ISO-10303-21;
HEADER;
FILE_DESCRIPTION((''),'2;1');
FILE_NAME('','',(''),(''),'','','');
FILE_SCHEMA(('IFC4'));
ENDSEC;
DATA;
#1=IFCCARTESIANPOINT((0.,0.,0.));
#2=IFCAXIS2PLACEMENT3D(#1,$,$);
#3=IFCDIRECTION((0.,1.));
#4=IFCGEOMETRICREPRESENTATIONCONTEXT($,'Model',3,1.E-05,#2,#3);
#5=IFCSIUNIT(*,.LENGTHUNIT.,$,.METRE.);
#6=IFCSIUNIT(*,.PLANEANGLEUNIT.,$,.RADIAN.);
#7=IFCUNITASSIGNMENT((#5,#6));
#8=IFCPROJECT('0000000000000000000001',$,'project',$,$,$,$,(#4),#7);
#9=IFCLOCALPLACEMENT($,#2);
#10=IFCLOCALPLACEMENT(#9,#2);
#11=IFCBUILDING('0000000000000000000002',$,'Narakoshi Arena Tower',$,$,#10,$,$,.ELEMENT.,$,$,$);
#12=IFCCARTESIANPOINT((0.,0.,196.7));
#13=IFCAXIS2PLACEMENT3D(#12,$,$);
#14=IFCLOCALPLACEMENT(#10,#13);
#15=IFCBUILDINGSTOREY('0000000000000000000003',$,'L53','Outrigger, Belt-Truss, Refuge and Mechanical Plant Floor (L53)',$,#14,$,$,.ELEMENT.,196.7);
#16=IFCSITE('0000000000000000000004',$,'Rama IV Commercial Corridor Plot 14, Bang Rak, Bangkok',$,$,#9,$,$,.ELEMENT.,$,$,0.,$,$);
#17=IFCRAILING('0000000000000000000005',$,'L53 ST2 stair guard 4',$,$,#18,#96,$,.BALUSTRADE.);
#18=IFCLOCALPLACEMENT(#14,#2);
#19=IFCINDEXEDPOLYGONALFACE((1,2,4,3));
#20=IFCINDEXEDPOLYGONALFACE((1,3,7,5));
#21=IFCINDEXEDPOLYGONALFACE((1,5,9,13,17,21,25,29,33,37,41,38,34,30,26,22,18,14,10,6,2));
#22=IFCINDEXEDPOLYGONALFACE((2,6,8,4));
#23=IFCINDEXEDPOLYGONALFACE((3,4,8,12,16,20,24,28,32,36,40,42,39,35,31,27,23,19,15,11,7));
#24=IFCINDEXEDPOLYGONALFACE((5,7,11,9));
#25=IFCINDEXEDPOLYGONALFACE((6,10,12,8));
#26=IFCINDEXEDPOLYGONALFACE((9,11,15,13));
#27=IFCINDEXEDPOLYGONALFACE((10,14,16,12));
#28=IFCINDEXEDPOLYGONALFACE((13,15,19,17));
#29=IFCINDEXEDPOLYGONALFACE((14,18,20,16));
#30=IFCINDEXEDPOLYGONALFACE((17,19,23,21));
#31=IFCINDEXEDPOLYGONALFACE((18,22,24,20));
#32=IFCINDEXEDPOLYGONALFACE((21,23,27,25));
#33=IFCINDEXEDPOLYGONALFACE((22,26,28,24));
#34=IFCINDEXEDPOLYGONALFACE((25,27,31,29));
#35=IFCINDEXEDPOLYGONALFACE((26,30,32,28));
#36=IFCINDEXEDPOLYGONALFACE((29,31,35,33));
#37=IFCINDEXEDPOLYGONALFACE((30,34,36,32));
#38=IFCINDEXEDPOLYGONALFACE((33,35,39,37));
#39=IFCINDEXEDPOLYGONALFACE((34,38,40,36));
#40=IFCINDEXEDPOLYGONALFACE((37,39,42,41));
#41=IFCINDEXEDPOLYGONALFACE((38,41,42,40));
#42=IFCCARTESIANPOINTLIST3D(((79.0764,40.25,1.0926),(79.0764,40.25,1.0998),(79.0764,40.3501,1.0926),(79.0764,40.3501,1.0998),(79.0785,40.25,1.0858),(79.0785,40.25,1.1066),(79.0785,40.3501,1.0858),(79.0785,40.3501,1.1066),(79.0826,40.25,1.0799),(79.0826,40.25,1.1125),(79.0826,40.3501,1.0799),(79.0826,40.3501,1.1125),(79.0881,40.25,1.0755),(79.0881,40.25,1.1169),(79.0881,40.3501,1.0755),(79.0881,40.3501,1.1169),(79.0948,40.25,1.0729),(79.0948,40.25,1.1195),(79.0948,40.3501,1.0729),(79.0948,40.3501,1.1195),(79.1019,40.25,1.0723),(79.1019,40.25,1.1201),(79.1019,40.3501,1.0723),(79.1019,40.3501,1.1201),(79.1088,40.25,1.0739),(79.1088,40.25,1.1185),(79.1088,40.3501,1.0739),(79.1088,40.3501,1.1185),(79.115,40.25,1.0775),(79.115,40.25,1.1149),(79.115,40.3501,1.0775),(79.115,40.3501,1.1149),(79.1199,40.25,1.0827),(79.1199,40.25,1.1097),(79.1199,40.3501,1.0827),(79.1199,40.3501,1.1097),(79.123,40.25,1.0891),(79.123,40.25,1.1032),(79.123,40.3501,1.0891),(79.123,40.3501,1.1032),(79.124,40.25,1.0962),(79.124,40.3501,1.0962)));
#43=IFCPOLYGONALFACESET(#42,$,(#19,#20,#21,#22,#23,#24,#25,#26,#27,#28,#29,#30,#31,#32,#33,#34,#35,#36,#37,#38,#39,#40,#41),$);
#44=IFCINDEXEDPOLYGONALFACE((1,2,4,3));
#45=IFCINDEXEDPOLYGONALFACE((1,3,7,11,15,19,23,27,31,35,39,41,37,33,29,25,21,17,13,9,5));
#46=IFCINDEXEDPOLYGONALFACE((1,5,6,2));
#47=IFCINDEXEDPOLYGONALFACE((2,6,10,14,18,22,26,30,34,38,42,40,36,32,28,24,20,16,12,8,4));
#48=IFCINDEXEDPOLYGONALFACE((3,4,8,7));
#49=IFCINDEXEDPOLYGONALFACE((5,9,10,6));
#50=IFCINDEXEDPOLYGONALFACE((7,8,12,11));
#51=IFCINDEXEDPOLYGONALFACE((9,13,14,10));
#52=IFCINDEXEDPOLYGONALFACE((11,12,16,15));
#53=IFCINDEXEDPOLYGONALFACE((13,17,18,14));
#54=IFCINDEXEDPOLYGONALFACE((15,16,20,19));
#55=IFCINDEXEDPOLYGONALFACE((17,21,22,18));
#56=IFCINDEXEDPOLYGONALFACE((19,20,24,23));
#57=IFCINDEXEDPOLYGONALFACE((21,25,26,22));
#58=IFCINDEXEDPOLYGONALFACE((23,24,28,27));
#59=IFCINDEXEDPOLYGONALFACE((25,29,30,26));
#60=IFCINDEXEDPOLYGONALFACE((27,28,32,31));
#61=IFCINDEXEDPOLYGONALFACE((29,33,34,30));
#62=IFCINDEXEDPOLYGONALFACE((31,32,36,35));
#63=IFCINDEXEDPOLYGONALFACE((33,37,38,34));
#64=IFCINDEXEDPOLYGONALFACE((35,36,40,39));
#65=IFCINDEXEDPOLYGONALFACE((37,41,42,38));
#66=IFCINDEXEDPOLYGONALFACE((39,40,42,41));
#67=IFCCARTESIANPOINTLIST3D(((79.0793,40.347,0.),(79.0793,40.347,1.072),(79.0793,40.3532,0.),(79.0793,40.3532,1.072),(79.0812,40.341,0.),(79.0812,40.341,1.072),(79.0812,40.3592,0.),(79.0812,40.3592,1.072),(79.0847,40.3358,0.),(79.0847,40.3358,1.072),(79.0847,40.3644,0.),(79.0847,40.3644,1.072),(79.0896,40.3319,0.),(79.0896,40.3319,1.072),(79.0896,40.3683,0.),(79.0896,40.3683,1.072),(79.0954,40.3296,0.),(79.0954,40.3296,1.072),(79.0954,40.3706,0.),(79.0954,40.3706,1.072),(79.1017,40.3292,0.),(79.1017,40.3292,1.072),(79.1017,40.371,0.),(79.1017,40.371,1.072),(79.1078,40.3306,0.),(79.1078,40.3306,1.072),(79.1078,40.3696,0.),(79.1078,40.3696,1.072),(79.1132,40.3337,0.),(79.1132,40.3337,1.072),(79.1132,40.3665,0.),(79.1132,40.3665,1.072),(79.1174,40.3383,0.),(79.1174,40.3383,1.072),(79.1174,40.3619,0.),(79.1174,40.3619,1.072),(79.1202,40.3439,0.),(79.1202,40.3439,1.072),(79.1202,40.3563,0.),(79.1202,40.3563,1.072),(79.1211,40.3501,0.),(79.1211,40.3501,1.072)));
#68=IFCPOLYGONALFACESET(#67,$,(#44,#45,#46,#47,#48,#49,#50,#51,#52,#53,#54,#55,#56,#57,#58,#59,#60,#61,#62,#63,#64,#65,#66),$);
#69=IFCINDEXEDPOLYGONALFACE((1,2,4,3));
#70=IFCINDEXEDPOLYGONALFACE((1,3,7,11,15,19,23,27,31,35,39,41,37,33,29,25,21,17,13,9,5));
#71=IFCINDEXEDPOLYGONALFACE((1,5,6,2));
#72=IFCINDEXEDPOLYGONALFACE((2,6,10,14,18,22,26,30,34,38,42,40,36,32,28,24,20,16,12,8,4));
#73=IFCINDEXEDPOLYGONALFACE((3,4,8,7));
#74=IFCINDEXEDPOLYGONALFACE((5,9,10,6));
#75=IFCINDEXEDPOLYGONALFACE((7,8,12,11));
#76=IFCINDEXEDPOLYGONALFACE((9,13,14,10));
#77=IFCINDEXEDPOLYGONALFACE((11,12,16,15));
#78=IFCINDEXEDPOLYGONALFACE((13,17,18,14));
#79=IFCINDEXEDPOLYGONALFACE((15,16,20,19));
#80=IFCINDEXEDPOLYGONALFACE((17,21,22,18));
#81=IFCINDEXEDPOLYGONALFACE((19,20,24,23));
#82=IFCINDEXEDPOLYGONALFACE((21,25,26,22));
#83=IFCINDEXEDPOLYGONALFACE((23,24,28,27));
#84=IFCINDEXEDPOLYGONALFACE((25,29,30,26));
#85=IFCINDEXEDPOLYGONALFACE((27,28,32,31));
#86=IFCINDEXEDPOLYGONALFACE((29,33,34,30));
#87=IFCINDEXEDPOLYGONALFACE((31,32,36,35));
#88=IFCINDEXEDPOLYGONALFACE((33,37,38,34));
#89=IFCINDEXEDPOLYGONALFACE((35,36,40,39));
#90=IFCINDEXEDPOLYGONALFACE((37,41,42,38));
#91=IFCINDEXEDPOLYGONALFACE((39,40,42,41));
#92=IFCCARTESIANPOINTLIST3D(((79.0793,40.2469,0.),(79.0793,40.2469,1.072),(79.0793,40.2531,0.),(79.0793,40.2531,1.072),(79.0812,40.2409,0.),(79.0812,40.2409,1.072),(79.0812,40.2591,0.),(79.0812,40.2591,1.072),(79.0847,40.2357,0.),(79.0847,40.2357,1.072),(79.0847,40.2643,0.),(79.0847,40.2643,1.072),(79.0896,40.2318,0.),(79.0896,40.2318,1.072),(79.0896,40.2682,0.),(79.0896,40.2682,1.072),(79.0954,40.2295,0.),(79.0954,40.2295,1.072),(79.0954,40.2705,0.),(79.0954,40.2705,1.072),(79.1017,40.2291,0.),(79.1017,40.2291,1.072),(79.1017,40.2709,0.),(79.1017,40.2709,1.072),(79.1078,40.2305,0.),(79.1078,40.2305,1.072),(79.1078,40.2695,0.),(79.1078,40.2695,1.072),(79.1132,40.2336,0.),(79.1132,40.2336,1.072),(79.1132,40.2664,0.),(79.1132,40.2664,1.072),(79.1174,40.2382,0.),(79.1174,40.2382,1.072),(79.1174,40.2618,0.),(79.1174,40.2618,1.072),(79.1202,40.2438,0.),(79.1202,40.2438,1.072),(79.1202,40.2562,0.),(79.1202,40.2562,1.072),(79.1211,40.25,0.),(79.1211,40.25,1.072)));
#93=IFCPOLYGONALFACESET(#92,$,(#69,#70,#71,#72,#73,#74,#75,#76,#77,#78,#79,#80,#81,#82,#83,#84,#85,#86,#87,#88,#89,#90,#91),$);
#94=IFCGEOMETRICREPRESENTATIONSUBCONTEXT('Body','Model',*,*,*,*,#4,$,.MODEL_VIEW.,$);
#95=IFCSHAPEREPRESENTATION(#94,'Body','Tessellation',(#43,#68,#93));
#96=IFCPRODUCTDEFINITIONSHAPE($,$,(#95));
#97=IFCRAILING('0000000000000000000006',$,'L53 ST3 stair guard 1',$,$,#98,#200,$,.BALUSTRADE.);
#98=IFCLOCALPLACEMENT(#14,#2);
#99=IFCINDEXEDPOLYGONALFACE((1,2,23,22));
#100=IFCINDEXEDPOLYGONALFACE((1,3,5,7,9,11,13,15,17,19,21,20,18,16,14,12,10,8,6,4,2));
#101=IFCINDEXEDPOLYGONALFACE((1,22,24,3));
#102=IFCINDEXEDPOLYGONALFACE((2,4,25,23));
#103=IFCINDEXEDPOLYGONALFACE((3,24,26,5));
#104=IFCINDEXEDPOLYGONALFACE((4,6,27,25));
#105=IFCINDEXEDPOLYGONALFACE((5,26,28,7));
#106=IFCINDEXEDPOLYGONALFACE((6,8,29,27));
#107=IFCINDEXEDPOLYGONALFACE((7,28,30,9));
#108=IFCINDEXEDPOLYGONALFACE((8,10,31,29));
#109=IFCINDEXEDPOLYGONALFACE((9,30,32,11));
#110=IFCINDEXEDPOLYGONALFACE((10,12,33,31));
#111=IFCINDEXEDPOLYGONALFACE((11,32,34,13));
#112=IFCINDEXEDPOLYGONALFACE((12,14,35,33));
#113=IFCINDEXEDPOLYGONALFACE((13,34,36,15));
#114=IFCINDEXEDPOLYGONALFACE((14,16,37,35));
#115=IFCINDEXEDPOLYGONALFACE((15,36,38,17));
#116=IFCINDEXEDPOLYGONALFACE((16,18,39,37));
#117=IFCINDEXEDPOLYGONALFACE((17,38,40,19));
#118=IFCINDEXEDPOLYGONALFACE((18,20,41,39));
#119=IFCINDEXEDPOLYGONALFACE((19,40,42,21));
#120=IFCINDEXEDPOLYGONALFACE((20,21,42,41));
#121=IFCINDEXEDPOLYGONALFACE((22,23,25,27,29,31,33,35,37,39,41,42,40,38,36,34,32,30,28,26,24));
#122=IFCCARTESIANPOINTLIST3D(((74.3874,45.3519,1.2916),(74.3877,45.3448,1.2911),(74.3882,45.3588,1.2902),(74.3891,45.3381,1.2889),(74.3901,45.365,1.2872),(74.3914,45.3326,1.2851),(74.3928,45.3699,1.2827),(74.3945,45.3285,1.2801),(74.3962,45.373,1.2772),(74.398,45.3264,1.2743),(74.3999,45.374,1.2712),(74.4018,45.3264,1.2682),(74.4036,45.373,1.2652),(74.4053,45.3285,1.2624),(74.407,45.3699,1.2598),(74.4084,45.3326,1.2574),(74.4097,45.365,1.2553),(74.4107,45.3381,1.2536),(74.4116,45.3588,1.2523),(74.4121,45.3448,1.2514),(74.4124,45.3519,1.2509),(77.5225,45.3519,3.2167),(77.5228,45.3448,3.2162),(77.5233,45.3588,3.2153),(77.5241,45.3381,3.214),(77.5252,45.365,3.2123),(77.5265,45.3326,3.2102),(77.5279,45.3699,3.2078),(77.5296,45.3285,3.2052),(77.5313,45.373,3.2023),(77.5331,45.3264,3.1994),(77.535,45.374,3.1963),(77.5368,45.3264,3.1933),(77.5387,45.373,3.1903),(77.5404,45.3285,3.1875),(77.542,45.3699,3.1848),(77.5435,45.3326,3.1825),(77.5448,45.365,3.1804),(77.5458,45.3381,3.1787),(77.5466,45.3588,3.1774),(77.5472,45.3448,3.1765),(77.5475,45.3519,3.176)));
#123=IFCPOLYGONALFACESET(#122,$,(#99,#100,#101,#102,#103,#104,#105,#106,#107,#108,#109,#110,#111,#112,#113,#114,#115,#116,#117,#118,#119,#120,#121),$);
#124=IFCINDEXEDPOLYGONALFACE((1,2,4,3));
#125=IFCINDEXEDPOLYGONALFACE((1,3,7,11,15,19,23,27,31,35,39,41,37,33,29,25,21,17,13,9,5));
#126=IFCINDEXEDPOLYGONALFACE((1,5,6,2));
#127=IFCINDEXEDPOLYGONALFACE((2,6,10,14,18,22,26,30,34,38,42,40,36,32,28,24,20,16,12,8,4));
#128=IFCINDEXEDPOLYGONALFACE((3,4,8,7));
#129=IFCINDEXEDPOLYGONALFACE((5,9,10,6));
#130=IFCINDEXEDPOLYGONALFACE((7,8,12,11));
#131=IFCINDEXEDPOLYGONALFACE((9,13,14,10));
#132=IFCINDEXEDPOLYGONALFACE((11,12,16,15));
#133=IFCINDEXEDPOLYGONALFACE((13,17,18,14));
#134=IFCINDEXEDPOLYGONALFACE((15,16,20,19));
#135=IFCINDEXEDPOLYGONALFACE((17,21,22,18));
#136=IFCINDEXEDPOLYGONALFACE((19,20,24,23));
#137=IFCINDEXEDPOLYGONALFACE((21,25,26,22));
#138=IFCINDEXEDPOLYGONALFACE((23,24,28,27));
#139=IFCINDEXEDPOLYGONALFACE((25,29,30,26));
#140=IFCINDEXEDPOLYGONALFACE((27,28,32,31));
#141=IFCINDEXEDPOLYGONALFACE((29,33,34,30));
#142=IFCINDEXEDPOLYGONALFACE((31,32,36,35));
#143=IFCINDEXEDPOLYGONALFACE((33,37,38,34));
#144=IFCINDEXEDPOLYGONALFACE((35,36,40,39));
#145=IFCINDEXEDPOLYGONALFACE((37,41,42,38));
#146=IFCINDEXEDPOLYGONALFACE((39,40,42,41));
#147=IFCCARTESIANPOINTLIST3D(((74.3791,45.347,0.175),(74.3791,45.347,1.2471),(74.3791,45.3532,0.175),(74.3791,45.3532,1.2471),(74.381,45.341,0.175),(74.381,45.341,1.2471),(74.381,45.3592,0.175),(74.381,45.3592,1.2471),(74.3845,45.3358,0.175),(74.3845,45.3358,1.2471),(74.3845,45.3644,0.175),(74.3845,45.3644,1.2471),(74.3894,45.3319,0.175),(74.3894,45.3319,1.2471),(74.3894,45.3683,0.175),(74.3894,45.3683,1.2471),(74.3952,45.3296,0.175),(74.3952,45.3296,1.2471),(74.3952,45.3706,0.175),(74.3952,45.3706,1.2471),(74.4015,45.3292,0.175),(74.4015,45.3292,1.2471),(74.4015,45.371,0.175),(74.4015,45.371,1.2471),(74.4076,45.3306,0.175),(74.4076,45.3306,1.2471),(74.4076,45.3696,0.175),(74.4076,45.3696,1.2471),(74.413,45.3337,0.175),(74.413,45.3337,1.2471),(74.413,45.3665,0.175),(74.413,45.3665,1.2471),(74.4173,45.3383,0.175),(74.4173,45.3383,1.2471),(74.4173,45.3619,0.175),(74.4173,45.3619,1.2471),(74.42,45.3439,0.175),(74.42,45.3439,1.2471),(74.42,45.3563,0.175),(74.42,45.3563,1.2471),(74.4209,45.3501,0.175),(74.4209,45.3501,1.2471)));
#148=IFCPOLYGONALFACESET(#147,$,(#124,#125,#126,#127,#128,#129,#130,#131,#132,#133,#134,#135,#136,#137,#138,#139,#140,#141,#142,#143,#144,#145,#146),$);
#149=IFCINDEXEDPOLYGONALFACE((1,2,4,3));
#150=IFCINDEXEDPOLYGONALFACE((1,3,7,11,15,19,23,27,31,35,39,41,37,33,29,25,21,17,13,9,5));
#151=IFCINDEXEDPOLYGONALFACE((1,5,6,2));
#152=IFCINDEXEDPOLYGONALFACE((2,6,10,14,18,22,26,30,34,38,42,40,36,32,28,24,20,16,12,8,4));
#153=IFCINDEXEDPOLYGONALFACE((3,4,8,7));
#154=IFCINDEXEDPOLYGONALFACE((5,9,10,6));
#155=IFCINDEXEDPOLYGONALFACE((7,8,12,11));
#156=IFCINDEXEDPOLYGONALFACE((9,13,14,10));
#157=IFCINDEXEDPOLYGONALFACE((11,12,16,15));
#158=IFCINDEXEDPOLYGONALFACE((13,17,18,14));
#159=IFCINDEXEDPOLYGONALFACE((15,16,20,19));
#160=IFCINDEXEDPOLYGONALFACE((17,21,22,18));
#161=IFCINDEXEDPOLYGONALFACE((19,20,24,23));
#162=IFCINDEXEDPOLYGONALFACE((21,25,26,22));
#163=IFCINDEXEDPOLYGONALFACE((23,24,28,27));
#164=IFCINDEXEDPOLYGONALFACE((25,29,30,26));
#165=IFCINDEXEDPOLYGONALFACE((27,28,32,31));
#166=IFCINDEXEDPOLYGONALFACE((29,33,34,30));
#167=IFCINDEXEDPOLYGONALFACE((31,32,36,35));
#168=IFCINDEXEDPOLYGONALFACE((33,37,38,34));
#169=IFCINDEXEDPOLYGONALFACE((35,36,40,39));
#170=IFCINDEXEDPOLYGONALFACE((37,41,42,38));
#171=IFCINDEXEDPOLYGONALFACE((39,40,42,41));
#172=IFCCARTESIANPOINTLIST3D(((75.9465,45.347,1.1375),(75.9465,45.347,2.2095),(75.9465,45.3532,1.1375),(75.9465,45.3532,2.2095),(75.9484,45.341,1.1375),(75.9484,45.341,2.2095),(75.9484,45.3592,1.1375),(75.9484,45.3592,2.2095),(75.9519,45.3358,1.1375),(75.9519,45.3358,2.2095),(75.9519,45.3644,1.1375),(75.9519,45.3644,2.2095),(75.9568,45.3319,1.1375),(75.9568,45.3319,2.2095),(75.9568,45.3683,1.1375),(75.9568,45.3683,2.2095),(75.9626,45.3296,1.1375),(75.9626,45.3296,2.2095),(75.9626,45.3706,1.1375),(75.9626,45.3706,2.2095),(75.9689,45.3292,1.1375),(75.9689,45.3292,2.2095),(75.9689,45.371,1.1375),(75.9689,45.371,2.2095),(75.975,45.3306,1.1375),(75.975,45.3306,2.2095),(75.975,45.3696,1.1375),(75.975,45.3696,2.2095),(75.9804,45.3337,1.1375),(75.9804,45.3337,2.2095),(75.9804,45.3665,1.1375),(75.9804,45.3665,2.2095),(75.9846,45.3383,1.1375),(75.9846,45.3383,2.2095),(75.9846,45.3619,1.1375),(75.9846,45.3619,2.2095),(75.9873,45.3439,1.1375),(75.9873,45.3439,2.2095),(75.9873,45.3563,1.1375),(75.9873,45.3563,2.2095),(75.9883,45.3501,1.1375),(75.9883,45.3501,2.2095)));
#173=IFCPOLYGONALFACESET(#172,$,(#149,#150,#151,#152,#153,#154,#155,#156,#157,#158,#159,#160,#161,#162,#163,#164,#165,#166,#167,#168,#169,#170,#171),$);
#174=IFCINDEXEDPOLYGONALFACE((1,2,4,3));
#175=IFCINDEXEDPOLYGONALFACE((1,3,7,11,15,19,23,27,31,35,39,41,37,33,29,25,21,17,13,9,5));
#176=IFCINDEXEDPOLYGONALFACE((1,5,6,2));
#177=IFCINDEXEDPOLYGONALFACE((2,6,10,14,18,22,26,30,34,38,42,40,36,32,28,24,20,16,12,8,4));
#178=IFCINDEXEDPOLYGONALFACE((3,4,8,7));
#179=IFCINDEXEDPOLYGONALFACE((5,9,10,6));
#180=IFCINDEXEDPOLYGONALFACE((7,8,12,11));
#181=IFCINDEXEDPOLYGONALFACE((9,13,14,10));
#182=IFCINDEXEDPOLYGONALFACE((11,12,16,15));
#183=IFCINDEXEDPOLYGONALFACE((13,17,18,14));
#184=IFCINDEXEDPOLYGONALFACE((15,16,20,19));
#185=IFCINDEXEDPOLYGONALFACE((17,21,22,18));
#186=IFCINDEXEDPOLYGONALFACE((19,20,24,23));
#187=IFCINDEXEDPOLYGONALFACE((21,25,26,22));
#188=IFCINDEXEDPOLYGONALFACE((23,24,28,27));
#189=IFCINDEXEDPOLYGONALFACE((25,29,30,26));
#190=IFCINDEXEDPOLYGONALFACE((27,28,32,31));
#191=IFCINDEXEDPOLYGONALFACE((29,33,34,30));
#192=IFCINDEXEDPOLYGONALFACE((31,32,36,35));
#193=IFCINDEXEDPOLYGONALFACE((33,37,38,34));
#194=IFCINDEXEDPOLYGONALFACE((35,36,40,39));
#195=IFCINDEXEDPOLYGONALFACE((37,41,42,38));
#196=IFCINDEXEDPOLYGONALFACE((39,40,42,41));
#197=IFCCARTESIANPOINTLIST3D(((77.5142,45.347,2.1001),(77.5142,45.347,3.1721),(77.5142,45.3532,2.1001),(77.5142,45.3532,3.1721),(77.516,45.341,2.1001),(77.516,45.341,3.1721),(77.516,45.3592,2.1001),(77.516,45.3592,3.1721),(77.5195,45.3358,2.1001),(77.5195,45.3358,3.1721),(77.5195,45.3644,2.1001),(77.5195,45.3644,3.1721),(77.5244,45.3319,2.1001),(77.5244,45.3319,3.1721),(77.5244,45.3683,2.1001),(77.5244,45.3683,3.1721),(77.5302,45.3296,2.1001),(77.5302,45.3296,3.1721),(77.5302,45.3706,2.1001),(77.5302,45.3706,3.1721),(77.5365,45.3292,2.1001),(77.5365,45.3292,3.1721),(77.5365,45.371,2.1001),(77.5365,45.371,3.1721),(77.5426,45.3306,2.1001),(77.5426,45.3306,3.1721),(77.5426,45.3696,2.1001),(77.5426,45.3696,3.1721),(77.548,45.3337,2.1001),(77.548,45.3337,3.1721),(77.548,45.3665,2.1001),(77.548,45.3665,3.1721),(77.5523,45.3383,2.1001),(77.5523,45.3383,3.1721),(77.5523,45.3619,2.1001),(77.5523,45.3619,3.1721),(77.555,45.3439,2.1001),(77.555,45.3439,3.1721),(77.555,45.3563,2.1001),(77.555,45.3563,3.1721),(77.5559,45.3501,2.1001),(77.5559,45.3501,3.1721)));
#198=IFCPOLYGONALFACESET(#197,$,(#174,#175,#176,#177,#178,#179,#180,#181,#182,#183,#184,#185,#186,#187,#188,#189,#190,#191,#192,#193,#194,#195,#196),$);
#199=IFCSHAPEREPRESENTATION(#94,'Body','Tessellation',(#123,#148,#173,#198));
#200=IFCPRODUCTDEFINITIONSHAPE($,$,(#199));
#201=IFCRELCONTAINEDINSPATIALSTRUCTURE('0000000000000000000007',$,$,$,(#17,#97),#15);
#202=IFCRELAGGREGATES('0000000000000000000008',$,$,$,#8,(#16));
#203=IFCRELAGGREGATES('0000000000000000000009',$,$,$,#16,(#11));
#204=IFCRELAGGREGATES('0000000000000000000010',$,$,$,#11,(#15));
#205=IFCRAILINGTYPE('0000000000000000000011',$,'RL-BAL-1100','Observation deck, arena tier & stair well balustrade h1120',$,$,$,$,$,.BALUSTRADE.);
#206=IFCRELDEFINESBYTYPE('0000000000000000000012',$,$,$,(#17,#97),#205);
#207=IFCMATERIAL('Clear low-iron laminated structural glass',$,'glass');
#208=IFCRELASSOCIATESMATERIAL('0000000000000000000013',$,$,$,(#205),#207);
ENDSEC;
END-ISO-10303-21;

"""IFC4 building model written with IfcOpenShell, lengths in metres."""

from ifc_helpers import new_model, si_unit, direction, frame, origin, origin_2d, place, context, subcontext, project, spatial, circle, extrude, material, type_object, element, save


model = new_model("IFC4")

# Units and contexts
model_context = context("Model", 3, precision=1e-05, world=origin(), true_north=direction((0.0, 1.0)))
body_context = subcontext(model_context, "Body", "Model", "MODEL_VIEW")
ifc_project = project(units=[si_unit("LENGTHUNIT", "METRE"), si_unit("PLANEANGLEUNIT", "RADIAN")], contexts=[model_context])

# Site, building, storey
site_placement = place(None, origin())
site = spatial("IfcSite", under=ifc_project, at=site_placement, Name="Rama IV Commercial Corridor Plot 14, Bang Rak, Bangkok", CompositionType="ELEMENT", RefElevation=0.0)
building_placement = place(site_placement, origin())
building = spatial("IfcBuilding", under=site, at=building_placement, Name="Narakoshi Arena Tower", CompositionType="ELEMENT")
storey_placement = place(building_placement, frame((0.0, 0.0, 196.7)))
storey = spatial("IfcBuildingStorey", under=building, at=storey_placement, Name="L53", Description="Outrigger, Belt-Truss, Refuge and Mechanical Plant Floor (L53)", CompositionType="ELEMENT", Elevation=196.7)

# Railings
ifc_material_1 = material(Name="Clear low-iron laminated structural glass", Category="glass")
railing_type_1 = type_object("IfcRailingType", Name="RL-BAL-1100", Description="Observation deck, arena tier & stair well balustrade h1120", PredefinedType="BALUSTRADE", material=ifc_material_1)
railing_1_placement = place(storey_placement, frame((79.1001, 40.3501, 0.0)))
element("IfcRailing", 1, at=railing_1_placement, inside=storey, type_object=railing_type_1, Name="L53 ST2 stair guard 4", PredefinedType="BALUSTRADE", context=body_context, shape_type="SweptSolid", body=[
    extrude(circle(Radius=0.0239, at=origin_2d()), frame((0.0, 0.0, 1.0962), z_axis=(0.0, -1.0, 0.0), x_axis=(1.0, 0.0, 0.0)), (0.0, 0.0, 1.0), 0.1001),
    extrude(circle(Radius=0.021, at=origin_2d()), origin(), (0.0, 0.0, 1.0), 1.072),
    extrude(circle(Radius=0.021, at=origin_2d()), frame((0.0, -0.1001, 0.0)), (0.0, 0.0, 1.0), 1.072),
])
railing_2_placement = place(storey_placement, frame((74.3999, 45.3501, 0.175)))
element("IfcRailing", 2, at=railing_2_placement, inside=storey, type_object=railing_type_1, Name="L53 ST3 stair guard 1", PredefinedType="BALUSTRADE", context=body_context, shape_type="SweptSolid", body=[
    extrude(circle(Radius=0.0239, at=origin_2d()), frame((0.0, 0.0, 1.0962), z_axis=(0.852166, 0.0, 0.523271), x_axis=(0.0, 1.0, 0.0)), (0.0, 0.0, 1.0), 3.679),
    extrude(circle(Radius=0.021, at=origin_2d()), origin(), (0.0, 0.0, 1.0), 1.072),
    extrude(circle(Radius=0.021, at=origin_2d()), frame((1.5674, 0.0, 0.9624)), (0.0, 0.0, 1.0), 1.072),
    extrude(circle(Radius=0.021, at=origin_2d()), frame((3.135, 0.0, 1.925)), (0.0, 0.0, 1.0), 1.072),
])

save(model, "model.ifc")
